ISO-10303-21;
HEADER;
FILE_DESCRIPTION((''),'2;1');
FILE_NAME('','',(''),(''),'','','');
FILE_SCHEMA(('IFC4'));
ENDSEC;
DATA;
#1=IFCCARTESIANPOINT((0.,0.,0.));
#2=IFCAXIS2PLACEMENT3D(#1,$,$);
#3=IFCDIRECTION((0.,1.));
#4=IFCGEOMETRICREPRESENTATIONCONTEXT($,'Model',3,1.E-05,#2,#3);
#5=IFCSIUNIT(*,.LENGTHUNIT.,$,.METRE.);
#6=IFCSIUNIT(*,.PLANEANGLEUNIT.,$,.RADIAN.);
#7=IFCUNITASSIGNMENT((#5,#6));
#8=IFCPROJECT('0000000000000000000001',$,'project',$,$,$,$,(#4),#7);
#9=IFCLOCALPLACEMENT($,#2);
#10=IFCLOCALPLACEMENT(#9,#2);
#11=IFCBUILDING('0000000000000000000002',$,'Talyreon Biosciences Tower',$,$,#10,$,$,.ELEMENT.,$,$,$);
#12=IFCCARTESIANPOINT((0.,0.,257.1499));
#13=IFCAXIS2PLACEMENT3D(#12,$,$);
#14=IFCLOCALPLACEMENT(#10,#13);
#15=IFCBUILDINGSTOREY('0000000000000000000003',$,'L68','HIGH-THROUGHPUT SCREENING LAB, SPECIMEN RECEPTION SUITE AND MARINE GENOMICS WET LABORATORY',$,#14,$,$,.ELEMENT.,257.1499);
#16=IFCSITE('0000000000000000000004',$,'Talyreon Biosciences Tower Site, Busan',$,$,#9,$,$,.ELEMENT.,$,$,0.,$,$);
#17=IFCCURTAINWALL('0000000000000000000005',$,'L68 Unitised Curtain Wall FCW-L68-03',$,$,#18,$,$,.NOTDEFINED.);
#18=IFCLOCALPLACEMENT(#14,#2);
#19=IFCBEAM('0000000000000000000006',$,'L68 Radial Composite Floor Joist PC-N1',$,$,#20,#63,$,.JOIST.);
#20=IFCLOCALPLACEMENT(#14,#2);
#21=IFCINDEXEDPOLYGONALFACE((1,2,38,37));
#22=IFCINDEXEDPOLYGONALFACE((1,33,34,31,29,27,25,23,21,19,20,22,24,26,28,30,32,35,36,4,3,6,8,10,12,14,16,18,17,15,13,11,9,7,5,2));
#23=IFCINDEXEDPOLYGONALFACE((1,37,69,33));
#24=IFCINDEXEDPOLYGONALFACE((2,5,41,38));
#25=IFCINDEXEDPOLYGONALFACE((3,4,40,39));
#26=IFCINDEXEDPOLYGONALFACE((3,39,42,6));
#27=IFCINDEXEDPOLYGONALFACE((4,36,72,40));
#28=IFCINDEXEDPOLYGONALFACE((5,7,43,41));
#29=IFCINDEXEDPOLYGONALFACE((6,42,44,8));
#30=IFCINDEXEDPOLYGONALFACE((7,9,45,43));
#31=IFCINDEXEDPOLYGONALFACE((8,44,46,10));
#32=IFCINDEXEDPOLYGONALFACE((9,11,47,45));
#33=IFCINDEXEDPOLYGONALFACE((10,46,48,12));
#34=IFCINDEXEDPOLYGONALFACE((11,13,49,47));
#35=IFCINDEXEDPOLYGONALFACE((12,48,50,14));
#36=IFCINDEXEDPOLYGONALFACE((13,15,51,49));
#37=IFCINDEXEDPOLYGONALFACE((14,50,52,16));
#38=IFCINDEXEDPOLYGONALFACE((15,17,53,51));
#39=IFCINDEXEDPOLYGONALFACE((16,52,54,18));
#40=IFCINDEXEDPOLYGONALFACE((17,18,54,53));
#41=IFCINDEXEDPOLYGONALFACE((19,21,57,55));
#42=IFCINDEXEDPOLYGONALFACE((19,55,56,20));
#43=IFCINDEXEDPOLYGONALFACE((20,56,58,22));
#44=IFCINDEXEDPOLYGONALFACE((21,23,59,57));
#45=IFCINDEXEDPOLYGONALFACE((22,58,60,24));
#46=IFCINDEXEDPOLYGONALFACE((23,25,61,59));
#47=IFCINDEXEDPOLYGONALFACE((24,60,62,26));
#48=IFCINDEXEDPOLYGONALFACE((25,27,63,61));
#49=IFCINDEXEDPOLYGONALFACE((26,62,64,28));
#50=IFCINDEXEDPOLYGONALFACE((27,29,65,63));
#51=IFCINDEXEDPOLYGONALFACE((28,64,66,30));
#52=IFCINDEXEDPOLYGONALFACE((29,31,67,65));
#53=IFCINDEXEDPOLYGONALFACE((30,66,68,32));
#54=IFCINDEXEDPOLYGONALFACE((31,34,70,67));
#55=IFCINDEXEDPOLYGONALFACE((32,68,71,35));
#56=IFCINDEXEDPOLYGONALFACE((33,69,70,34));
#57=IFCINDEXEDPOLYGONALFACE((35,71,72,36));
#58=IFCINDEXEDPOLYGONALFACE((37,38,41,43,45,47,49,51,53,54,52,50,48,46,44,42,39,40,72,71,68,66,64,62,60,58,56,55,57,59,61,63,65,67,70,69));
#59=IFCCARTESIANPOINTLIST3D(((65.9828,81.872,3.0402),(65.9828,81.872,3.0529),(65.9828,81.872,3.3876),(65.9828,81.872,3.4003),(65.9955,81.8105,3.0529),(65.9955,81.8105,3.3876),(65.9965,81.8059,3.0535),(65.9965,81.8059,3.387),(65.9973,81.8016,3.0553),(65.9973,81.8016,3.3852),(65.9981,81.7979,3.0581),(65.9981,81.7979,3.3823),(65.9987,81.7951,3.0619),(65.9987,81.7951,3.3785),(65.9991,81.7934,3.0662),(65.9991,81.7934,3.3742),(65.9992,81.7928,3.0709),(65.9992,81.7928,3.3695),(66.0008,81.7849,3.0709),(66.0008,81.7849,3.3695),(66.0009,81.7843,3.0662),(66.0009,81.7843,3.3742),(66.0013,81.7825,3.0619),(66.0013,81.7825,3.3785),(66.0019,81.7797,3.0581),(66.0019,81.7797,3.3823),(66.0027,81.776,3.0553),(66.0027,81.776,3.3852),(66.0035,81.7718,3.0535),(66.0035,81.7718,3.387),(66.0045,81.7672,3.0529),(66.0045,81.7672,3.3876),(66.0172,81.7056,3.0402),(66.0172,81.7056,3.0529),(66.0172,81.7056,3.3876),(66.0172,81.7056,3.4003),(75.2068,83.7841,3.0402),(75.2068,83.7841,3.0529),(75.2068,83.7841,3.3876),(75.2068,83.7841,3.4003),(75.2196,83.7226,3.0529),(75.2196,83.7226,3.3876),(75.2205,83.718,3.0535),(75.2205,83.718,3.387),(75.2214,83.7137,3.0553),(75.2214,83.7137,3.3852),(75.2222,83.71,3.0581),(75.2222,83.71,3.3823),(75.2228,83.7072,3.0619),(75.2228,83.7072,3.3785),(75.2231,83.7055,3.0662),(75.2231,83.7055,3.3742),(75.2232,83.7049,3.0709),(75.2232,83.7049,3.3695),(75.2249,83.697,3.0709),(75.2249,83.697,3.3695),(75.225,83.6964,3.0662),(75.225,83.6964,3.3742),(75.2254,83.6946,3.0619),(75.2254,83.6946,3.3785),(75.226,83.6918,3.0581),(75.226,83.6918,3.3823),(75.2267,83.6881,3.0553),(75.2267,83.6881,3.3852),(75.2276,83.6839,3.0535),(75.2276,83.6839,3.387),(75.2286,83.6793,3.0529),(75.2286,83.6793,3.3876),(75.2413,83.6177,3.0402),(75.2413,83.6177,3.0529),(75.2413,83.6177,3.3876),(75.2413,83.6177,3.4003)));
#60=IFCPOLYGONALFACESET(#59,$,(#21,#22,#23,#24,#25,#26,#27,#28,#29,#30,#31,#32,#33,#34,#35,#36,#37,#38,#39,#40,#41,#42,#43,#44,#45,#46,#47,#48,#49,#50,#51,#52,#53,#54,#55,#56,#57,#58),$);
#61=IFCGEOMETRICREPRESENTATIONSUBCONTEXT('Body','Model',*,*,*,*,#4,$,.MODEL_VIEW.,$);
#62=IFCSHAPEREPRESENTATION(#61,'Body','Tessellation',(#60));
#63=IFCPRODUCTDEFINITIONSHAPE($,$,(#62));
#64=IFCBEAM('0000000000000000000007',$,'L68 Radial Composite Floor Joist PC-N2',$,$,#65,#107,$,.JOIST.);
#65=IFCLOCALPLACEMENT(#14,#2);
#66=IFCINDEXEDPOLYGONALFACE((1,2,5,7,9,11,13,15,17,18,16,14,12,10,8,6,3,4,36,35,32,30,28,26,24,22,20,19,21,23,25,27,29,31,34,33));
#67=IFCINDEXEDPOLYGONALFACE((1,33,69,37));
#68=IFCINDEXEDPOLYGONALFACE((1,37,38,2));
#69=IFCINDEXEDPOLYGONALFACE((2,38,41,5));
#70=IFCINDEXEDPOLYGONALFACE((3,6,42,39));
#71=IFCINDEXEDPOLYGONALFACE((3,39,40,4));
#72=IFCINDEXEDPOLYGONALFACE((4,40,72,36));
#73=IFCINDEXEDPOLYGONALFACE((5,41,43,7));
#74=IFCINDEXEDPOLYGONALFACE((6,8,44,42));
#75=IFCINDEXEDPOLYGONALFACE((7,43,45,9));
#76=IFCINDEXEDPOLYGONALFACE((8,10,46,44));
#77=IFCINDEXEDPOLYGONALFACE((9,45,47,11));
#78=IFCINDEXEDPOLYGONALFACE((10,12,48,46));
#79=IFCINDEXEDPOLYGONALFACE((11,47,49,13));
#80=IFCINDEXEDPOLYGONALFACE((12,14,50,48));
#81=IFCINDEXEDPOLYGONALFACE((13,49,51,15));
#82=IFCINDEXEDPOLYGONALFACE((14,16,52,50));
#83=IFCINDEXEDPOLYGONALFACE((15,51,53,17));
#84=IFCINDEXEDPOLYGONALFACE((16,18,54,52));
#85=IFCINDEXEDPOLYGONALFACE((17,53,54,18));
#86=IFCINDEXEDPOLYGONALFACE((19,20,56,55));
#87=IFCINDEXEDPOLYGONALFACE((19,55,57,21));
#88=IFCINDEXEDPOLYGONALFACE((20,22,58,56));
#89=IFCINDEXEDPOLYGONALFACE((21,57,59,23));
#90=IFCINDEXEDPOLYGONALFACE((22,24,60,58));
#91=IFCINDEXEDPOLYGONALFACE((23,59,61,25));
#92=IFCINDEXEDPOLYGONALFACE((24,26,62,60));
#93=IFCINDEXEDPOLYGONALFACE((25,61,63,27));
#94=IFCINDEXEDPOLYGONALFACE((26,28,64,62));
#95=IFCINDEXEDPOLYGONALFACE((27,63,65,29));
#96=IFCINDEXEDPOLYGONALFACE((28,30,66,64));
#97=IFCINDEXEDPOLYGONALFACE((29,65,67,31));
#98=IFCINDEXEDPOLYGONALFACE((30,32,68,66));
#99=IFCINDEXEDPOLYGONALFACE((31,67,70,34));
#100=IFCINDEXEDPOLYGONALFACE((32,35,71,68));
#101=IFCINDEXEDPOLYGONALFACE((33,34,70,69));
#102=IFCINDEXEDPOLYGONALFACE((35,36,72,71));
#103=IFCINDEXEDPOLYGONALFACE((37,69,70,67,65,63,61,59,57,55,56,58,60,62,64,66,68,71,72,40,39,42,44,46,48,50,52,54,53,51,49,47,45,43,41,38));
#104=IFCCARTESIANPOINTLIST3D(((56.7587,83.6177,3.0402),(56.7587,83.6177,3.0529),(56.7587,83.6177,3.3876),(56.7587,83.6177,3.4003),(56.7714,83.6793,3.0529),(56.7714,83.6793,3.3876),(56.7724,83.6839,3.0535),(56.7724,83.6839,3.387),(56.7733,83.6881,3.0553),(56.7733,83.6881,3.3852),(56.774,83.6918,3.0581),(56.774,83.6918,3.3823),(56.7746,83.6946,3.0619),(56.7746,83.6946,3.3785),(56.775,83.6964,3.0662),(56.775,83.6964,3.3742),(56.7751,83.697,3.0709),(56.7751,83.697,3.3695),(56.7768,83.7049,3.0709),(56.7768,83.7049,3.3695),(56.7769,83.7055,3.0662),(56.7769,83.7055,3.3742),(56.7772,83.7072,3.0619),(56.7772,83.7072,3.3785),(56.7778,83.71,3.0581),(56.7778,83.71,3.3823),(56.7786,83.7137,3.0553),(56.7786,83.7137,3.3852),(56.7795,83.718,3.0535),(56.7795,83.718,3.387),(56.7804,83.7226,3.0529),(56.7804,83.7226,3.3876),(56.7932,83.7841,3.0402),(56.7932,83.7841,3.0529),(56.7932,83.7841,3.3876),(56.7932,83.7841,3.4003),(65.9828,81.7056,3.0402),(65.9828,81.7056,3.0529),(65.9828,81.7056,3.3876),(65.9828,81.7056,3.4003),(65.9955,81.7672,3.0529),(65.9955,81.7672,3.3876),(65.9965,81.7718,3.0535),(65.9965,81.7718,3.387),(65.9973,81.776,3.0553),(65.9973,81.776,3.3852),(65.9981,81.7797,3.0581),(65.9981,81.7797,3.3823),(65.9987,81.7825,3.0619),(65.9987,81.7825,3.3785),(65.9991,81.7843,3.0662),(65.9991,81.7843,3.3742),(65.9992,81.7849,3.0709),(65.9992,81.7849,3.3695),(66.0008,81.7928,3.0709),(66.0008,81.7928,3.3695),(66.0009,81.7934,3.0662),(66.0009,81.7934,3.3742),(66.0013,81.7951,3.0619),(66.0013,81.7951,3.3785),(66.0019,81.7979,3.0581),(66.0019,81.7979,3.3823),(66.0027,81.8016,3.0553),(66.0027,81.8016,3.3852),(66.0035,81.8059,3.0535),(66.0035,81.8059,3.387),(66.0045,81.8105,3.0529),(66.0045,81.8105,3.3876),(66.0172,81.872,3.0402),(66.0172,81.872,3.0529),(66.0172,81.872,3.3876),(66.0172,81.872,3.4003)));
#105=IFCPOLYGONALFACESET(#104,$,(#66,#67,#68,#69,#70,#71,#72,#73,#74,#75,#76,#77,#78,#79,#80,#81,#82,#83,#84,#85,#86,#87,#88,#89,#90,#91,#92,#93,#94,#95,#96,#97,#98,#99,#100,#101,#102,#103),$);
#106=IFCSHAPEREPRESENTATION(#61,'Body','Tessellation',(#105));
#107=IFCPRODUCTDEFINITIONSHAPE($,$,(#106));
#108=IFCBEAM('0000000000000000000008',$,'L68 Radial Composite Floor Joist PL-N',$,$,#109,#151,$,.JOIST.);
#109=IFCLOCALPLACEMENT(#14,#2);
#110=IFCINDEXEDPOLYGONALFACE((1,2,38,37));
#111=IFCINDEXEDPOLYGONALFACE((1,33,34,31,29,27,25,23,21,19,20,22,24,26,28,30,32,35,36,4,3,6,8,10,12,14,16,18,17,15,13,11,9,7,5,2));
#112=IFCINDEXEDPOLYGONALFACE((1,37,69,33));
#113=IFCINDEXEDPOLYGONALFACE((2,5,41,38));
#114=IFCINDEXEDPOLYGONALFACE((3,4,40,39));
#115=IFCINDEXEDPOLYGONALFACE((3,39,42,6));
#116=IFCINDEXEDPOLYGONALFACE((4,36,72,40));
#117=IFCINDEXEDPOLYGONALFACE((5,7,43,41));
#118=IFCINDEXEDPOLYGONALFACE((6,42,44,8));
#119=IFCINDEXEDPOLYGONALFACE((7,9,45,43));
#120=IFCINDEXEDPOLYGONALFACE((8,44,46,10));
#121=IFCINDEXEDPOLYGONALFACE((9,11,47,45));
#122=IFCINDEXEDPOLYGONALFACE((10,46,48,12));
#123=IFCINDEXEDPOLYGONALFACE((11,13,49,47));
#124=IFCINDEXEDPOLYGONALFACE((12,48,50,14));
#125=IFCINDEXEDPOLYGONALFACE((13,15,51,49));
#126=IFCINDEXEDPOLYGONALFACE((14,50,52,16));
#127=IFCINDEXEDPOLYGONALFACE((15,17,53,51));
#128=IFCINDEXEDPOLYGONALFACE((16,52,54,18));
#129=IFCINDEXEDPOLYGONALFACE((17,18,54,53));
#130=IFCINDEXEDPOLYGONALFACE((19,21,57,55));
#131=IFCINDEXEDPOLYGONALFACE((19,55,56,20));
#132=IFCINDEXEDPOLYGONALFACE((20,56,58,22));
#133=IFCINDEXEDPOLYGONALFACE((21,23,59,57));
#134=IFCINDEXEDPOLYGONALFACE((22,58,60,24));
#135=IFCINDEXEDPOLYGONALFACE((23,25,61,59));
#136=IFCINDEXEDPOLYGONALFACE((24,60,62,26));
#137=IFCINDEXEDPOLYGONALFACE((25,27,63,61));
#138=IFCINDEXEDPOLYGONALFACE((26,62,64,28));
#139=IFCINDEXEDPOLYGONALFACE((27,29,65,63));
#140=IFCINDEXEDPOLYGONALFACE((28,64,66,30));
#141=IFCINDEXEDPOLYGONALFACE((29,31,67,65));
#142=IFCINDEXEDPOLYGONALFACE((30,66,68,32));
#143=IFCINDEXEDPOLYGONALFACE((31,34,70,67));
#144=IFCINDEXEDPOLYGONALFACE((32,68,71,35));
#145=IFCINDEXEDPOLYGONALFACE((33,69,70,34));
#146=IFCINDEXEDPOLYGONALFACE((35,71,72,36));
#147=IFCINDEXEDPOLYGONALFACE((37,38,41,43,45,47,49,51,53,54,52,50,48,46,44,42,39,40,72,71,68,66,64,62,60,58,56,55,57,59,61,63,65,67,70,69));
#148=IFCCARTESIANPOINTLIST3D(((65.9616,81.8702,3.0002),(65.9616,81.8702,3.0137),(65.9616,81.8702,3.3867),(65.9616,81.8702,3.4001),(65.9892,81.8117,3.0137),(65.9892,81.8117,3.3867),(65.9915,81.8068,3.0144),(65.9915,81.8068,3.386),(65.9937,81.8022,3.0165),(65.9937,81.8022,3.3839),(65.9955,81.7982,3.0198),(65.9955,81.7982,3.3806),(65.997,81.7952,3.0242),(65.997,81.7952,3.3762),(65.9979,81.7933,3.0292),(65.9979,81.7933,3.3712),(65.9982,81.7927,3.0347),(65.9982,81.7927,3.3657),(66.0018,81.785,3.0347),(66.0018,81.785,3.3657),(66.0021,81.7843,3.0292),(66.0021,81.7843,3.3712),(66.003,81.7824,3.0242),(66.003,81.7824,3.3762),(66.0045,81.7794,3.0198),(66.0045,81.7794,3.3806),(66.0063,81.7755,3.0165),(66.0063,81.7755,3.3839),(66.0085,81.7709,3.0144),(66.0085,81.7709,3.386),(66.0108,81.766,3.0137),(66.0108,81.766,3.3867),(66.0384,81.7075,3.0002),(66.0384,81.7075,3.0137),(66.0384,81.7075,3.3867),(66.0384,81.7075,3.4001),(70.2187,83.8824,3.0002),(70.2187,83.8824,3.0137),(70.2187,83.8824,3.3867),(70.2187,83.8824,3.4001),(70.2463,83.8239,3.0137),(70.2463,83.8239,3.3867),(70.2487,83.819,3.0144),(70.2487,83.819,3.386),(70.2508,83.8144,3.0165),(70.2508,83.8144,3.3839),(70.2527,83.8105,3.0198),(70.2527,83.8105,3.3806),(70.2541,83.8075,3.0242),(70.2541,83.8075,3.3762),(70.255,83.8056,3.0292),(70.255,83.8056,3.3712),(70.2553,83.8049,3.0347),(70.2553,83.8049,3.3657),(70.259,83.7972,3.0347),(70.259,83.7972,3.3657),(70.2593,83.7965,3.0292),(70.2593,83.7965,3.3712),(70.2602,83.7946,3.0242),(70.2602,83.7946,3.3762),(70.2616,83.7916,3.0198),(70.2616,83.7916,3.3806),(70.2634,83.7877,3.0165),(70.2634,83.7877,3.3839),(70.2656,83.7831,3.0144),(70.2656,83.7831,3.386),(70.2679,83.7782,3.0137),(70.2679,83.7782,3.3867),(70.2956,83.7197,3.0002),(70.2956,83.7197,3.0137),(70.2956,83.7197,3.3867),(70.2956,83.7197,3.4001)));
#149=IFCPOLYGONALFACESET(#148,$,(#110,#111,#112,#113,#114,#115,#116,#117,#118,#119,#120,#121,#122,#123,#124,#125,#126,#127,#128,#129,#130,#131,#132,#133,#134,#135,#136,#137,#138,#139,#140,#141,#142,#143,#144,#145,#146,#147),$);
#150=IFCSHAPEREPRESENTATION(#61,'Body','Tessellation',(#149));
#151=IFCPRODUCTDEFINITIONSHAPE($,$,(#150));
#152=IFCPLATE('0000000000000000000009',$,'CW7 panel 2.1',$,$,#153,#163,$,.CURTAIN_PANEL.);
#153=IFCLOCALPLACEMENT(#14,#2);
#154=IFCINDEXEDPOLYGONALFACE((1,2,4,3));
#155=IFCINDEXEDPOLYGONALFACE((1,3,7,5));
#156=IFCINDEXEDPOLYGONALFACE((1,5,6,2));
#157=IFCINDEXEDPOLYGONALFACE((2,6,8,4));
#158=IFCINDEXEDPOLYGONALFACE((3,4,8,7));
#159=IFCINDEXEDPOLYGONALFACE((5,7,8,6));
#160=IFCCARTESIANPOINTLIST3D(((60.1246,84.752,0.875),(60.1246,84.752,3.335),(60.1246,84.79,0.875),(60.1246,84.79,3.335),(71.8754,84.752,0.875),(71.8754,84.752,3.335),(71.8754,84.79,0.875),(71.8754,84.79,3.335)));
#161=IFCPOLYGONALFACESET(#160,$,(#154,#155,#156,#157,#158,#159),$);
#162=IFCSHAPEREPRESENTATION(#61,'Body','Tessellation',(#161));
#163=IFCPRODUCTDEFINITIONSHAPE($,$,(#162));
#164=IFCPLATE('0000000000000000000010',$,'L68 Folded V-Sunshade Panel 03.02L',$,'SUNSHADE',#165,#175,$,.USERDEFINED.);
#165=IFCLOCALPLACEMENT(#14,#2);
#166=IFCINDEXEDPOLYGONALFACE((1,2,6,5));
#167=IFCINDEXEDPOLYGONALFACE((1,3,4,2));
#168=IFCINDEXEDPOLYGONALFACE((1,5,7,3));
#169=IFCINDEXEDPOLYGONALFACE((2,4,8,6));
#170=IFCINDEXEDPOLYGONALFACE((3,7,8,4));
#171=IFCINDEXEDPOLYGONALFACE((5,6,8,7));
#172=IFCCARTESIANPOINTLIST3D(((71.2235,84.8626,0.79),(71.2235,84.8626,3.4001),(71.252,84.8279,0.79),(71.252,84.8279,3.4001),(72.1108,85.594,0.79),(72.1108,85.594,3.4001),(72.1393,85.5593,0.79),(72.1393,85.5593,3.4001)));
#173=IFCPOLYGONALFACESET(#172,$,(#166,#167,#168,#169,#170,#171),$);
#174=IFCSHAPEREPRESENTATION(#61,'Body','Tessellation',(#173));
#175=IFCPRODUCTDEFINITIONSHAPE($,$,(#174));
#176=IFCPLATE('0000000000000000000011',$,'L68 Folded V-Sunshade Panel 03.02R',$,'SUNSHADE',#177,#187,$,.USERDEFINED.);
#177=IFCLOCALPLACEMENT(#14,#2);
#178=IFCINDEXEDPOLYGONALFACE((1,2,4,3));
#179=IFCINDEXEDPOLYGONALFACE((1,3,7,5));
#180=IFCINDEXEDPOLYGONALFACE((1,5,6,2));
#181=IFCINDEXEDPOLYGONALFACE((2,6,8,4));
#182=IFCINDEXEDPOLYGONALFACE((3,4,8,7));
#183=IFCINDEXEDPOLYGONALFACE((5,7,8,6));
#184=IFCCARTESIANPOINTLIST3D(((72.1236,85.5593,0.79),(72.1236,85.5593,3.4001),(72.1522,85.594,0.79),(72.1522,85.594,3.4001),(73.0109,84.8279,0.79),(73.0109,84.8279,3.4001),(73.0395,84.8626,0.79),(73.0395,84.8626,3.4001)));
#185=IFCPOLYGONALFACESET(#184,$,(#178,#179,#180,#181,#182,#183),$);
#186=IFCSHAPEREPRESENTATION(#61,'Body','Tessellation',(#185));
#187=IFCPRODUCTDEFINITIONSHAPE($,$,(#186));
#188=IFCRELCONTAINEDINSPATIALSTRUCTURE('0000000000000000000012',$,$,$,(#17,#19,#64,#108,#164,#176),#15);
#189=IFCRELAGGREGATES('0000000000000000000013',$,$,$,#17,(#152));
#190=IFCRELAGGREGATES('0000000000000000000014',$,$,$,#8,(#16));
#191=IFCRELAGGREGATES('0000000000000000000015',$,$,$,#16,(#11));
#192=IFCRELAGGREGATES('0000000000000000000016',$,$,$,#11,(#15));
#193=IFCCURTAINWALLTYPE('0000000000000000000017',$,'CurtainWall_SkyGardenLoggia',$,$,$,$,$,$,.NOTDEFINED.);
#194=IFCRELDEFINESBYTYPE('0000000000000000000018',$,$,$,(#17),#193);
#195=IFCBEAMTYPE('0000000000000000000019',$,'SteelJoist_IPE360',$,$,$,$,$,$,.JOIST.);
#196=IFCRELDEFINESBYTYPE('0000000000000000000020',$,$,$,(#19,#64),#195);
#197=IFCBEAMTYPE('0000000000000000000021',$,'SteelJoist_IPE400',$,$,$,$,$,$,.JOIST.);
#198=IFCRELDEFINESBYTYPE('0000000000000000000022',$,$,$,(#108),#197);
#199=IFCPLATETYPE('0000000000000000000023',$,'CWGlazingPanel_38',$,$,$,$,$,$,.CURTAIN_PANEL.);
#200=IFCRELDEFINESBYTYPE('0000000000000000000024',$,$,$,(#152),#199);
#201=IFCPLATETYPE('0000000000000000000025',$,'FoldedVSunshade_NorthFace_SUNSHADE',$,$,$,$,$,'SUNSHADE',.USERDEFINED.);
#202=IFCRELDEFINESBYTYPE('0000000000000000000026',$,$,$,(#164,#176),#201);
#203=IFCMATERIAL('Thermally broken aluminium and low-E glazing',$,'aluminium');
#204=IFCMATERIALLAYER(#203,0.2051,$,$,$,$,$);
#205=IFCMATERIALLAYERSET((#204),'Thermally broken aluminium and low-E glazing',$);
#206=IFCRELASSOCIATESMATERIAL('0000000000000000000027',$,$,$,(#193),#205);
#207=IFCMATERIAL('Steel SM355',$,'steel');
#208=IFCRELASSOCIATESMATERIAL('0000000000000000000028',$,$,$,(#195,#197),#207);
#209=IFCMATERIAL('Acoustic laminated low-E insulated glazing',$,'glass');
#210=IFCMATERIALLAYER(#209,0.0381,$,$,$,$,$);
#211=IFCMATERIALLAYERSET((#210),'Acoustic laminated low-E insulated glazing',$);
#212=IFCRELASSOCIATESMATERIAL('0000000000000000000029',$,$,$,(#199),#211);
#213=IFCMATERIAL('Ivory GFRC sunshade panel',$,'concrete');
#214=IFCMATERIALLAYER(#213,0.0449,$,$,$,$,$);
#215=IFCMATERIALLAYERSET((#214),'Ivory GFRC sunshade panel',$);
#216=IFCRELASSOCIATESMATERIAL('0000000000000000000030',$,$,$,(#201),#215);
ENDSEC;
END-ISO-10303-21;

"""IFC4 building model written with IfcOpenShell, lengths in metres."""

from ifc_helpers import new_model, si_unit, direction, frame, origin, origin_2d, place, context, subcontext, project, spatial, rectangle, i_section, extrude, material, layer, layer_set, material_profile, profile_set, type_object, element, aggregate, save


model = new_model("IFC4")

# Units and contexts
model_context = context("Model", 3, precision=1e-05, world=origin(), true_north=direction((0.0, 1.0)))
body_context = subcontext(model_context, "Body", "Model", "MODEL_VIEW")
ifc_project = project(units=[si_unit("LENGTHUNIT", "METRE"), si_unit("PLANEANGLEUNIT", "RADIAN")], contexts=[model_context])

# Site, building, storey
site_placement = place(None, origin())
site = spatial("IfcSite", under=ifc_project, at=site_placement, Name="Talyreon Biosciences Tower Site, Busan", CompositionType="ELEMENT", RefElevation=0.0)
building_placement = place(site_placement, origin())
building = spatial("IfcBuilding", under=site, at=building_placement, Name="Talyreon Biosciences Tower", CompositionType="ELEMENT")
storey_placement = place(building_placement, frame((0.0, 0.0, 257.1499)))
storey = spatial("IfcBuildingStorey", under=building, at=storey_placement, Name="L68", Description="HIGH-THROUGHPUT SCREENING LAB, SPECIMEN RECEPTION SUITE AND MARINE GENOMICS WET LABORATORY", CompositionType="ELEMENT", Elevation=257.1499)

# Curtain wall
ifc_material_1 = material(Name="Thermally broken aluminium and low-E glazing", Category="aluminium")
ifc_layer_1 = layer(ifc_material_1, 0.2051)
ifc_layer_set_1 = layer_set([ifc_layer_1], Name="Thermally broken aluminium and low-E glazing")
curtain_wall_type = type_object("IfcCurtainWallType", Name="CurtainWall_SkyGardenLoggia", PredefinedType="NOTDEFINED", material=ifc_layer_set_1)
curtain_wall_placement = place(storey_placement, origin())
curtain_wall = element("IfcCurtainWall", 1, at=curtain_wall_placement, inside=storey, type_object=curtain_wall_type, Name="L68 Unitised Curtain Wall FCW-L68-03", PredefinedType="NOTDEFINED")

# Beams
ifc_material_2 = material(Name="Steel SM355", Category="steel")
ifc_material_profile_1 = material_profile(ifc_material_2, i_section(OverallWidth=0.1699, OverallDepth=0.3601, WebThickness=0.0081, FlangeThickness=0.0127, FilletRadius=0.0181, at=origin_2d()), Name="IPE360")
ifc_profile_set_1 = profile_set([ifc_material_profile_1], Name="Steel SM355")
beam_type_1 = type_object("IfcBeamType", Name="SteelJoist_IPE360", PredefinedType="JOIST", material=ifc_profile_set_1)
for number, where, z_axis, x_axis, name in (
    (2, (66.0, 81.7888, 3.2202), (0.979183, 0.202979, 0.0), (-0.202979, 0.979183, 0.0), "L68 Radial Composite Floor Joist PC-N1"),
    (3, (66.0, 81.7888, 3.2202), (-0.979183, 0.202979, 0.0), (-0.202979, -0.979183, 0.0), "L68 Radial Composite Floor Joist PC-N2"),
):
    element("IfcBeam", number, at=place(storey_placement, frame(where, z_axis=z_axis, x_axis=x_axis)), inside=storey, type_object=beam_type_1, Name=name, PredefinedType="JOIST", context=body_context, shape_type="SweptSolid", body=[
        extrude(i_section(OverallWidth=0.1699, OverallDepth=0.3601, WebThickness=0.0081, FlangeThickness=0.0127, FilletRadius=0.0181, at=origin_2d()), origin(), (0.0, 0.0, 1.0), 9.4202),
    ])
ifc_material_profile_2 = material_profile(ifc_material_2, i_section(OverallWidth=0.1799, OverallDepth=0.3999, WebThickness=0.0085, FlangeThickness=0.0134, FilletRadius=0.021, at=origin_2d()), Name="IPE400")
ifc_profile_set_2 = profile_set([ifc_material_profile_2], Name="Steel SM355")
beam_type_2 = type_object("IfcBeamType", Name="SteelJoist_IPE400", PredefinedType="JOIST", material=ifc_profile_set_2)
beam_1_placement = place(storey_placement, frame((66.0, 81.7888, 3.2002), z_axis=(0.904091, 0.42734, 0.0), x_axis=(-0.42734, 0.904091, 0.0)))
element("IfcBeam", 4, at=beam_1_placement, inside=storey, type_object=beam_type_2, Name="L68 Radial Composite Floor Joist PL-N", PredefinedType="JOIST", context=body_context, shape_type="SweptSolid", body=[
    extrude(i_section(OverallWidth=0.1799, OverallDepth=0.3999, WebThickness=0.0085, FlangeThickness=0.0134, FilletRadius=0.021, at=origin_2d()), origin(), (0.0, 0.0, 1.0), 4.7087),
])

# Plate
ifc_material_3 = material(Name="Acoustic laminated low-E insulated glazing", Category="glass")
ifc_layer_2 = layer(ifc_material_3, 0.0381)
ifc_layer_set_2 = layer_set([ifc_layer_2], Name="Acoustic laminated low-E insulated glazing")
plate_type_1 = type_object("IfcPlateType", Name="CWGlazingPanel_38", PredefinedType="CURTAIN_PANEL", material=ifc_layer_set_2)
plate_placement = place(storey_placement, frame((66.0, 84.771, 0.875), z_axis=(0.0, 0.0, 1.0), x_axis=(1.0, 0.0, 0.0)))
plate = element("IfcPlate", 5, at=plate_placement, type_object=plate_type_1, Name="CW7 panel 2.1", PredefinedType="CURTAIN_PANEL", context=body_context, shape_type="SweptSolid", body=[
    extrude(rectangle(XDim=11.7507, YDim=0.0381, at=origin_2d()), origin(), (0.0, 0.0, 1.0), 2.46),
])
aggregate(curtain_wall, [plate])

# Plates
ifc_material_4 = material(Name="Ivory GFRC sunshade panel", Category="concrete")
ifc_layer_3 = layer(ifc_material_4, 0.0449)
ifc_layer_set_3 = layer_set([ifc_layer_3], Name="Ivory GFRC sunshade panel")
plate_type_2 = type_object("IfcPlateType", Name="FoldedVSunshade_NorthFace_SUNSHADE", ElementType="SUNSHADE", PredefinedType="USERDEFINED", material=ifc_layer_set_3)
for number, where, z_axis, x_axis, name in (
    (6, (71.6814, 85.2109, 0.79), (0.0, 0.0, 1.0), (0.771625, 0.636078, 0.0), "L68 Folded V-Sunshade Panel 03.02L"),
    (7, (72.5815, 85.2109, 0.79), (0.0, 0.0, 1.0), (0.771625, -0.636078, 0.0), "L68 Folded V-Sunshade Panel 03.02R"),
):
    element("IfcPlate", number, at=place(storey_placement, frame(where, z_axis=z_axis, x_axis=x_axis)), inside=storey, type_object=plate_type_2, Name=name, ObjectType="SUNSHADE", PredefinedType="USERDEFINED", context=body_context, shape_type="SweptSolid", body=[
        extrude(rectangle(XDim=1.1499, YDim=0.0449, at=origin_2d()), origin(), (0.0, 0.0, 1.0), 2.6101),
    ])

save(model, "model.ifc")
